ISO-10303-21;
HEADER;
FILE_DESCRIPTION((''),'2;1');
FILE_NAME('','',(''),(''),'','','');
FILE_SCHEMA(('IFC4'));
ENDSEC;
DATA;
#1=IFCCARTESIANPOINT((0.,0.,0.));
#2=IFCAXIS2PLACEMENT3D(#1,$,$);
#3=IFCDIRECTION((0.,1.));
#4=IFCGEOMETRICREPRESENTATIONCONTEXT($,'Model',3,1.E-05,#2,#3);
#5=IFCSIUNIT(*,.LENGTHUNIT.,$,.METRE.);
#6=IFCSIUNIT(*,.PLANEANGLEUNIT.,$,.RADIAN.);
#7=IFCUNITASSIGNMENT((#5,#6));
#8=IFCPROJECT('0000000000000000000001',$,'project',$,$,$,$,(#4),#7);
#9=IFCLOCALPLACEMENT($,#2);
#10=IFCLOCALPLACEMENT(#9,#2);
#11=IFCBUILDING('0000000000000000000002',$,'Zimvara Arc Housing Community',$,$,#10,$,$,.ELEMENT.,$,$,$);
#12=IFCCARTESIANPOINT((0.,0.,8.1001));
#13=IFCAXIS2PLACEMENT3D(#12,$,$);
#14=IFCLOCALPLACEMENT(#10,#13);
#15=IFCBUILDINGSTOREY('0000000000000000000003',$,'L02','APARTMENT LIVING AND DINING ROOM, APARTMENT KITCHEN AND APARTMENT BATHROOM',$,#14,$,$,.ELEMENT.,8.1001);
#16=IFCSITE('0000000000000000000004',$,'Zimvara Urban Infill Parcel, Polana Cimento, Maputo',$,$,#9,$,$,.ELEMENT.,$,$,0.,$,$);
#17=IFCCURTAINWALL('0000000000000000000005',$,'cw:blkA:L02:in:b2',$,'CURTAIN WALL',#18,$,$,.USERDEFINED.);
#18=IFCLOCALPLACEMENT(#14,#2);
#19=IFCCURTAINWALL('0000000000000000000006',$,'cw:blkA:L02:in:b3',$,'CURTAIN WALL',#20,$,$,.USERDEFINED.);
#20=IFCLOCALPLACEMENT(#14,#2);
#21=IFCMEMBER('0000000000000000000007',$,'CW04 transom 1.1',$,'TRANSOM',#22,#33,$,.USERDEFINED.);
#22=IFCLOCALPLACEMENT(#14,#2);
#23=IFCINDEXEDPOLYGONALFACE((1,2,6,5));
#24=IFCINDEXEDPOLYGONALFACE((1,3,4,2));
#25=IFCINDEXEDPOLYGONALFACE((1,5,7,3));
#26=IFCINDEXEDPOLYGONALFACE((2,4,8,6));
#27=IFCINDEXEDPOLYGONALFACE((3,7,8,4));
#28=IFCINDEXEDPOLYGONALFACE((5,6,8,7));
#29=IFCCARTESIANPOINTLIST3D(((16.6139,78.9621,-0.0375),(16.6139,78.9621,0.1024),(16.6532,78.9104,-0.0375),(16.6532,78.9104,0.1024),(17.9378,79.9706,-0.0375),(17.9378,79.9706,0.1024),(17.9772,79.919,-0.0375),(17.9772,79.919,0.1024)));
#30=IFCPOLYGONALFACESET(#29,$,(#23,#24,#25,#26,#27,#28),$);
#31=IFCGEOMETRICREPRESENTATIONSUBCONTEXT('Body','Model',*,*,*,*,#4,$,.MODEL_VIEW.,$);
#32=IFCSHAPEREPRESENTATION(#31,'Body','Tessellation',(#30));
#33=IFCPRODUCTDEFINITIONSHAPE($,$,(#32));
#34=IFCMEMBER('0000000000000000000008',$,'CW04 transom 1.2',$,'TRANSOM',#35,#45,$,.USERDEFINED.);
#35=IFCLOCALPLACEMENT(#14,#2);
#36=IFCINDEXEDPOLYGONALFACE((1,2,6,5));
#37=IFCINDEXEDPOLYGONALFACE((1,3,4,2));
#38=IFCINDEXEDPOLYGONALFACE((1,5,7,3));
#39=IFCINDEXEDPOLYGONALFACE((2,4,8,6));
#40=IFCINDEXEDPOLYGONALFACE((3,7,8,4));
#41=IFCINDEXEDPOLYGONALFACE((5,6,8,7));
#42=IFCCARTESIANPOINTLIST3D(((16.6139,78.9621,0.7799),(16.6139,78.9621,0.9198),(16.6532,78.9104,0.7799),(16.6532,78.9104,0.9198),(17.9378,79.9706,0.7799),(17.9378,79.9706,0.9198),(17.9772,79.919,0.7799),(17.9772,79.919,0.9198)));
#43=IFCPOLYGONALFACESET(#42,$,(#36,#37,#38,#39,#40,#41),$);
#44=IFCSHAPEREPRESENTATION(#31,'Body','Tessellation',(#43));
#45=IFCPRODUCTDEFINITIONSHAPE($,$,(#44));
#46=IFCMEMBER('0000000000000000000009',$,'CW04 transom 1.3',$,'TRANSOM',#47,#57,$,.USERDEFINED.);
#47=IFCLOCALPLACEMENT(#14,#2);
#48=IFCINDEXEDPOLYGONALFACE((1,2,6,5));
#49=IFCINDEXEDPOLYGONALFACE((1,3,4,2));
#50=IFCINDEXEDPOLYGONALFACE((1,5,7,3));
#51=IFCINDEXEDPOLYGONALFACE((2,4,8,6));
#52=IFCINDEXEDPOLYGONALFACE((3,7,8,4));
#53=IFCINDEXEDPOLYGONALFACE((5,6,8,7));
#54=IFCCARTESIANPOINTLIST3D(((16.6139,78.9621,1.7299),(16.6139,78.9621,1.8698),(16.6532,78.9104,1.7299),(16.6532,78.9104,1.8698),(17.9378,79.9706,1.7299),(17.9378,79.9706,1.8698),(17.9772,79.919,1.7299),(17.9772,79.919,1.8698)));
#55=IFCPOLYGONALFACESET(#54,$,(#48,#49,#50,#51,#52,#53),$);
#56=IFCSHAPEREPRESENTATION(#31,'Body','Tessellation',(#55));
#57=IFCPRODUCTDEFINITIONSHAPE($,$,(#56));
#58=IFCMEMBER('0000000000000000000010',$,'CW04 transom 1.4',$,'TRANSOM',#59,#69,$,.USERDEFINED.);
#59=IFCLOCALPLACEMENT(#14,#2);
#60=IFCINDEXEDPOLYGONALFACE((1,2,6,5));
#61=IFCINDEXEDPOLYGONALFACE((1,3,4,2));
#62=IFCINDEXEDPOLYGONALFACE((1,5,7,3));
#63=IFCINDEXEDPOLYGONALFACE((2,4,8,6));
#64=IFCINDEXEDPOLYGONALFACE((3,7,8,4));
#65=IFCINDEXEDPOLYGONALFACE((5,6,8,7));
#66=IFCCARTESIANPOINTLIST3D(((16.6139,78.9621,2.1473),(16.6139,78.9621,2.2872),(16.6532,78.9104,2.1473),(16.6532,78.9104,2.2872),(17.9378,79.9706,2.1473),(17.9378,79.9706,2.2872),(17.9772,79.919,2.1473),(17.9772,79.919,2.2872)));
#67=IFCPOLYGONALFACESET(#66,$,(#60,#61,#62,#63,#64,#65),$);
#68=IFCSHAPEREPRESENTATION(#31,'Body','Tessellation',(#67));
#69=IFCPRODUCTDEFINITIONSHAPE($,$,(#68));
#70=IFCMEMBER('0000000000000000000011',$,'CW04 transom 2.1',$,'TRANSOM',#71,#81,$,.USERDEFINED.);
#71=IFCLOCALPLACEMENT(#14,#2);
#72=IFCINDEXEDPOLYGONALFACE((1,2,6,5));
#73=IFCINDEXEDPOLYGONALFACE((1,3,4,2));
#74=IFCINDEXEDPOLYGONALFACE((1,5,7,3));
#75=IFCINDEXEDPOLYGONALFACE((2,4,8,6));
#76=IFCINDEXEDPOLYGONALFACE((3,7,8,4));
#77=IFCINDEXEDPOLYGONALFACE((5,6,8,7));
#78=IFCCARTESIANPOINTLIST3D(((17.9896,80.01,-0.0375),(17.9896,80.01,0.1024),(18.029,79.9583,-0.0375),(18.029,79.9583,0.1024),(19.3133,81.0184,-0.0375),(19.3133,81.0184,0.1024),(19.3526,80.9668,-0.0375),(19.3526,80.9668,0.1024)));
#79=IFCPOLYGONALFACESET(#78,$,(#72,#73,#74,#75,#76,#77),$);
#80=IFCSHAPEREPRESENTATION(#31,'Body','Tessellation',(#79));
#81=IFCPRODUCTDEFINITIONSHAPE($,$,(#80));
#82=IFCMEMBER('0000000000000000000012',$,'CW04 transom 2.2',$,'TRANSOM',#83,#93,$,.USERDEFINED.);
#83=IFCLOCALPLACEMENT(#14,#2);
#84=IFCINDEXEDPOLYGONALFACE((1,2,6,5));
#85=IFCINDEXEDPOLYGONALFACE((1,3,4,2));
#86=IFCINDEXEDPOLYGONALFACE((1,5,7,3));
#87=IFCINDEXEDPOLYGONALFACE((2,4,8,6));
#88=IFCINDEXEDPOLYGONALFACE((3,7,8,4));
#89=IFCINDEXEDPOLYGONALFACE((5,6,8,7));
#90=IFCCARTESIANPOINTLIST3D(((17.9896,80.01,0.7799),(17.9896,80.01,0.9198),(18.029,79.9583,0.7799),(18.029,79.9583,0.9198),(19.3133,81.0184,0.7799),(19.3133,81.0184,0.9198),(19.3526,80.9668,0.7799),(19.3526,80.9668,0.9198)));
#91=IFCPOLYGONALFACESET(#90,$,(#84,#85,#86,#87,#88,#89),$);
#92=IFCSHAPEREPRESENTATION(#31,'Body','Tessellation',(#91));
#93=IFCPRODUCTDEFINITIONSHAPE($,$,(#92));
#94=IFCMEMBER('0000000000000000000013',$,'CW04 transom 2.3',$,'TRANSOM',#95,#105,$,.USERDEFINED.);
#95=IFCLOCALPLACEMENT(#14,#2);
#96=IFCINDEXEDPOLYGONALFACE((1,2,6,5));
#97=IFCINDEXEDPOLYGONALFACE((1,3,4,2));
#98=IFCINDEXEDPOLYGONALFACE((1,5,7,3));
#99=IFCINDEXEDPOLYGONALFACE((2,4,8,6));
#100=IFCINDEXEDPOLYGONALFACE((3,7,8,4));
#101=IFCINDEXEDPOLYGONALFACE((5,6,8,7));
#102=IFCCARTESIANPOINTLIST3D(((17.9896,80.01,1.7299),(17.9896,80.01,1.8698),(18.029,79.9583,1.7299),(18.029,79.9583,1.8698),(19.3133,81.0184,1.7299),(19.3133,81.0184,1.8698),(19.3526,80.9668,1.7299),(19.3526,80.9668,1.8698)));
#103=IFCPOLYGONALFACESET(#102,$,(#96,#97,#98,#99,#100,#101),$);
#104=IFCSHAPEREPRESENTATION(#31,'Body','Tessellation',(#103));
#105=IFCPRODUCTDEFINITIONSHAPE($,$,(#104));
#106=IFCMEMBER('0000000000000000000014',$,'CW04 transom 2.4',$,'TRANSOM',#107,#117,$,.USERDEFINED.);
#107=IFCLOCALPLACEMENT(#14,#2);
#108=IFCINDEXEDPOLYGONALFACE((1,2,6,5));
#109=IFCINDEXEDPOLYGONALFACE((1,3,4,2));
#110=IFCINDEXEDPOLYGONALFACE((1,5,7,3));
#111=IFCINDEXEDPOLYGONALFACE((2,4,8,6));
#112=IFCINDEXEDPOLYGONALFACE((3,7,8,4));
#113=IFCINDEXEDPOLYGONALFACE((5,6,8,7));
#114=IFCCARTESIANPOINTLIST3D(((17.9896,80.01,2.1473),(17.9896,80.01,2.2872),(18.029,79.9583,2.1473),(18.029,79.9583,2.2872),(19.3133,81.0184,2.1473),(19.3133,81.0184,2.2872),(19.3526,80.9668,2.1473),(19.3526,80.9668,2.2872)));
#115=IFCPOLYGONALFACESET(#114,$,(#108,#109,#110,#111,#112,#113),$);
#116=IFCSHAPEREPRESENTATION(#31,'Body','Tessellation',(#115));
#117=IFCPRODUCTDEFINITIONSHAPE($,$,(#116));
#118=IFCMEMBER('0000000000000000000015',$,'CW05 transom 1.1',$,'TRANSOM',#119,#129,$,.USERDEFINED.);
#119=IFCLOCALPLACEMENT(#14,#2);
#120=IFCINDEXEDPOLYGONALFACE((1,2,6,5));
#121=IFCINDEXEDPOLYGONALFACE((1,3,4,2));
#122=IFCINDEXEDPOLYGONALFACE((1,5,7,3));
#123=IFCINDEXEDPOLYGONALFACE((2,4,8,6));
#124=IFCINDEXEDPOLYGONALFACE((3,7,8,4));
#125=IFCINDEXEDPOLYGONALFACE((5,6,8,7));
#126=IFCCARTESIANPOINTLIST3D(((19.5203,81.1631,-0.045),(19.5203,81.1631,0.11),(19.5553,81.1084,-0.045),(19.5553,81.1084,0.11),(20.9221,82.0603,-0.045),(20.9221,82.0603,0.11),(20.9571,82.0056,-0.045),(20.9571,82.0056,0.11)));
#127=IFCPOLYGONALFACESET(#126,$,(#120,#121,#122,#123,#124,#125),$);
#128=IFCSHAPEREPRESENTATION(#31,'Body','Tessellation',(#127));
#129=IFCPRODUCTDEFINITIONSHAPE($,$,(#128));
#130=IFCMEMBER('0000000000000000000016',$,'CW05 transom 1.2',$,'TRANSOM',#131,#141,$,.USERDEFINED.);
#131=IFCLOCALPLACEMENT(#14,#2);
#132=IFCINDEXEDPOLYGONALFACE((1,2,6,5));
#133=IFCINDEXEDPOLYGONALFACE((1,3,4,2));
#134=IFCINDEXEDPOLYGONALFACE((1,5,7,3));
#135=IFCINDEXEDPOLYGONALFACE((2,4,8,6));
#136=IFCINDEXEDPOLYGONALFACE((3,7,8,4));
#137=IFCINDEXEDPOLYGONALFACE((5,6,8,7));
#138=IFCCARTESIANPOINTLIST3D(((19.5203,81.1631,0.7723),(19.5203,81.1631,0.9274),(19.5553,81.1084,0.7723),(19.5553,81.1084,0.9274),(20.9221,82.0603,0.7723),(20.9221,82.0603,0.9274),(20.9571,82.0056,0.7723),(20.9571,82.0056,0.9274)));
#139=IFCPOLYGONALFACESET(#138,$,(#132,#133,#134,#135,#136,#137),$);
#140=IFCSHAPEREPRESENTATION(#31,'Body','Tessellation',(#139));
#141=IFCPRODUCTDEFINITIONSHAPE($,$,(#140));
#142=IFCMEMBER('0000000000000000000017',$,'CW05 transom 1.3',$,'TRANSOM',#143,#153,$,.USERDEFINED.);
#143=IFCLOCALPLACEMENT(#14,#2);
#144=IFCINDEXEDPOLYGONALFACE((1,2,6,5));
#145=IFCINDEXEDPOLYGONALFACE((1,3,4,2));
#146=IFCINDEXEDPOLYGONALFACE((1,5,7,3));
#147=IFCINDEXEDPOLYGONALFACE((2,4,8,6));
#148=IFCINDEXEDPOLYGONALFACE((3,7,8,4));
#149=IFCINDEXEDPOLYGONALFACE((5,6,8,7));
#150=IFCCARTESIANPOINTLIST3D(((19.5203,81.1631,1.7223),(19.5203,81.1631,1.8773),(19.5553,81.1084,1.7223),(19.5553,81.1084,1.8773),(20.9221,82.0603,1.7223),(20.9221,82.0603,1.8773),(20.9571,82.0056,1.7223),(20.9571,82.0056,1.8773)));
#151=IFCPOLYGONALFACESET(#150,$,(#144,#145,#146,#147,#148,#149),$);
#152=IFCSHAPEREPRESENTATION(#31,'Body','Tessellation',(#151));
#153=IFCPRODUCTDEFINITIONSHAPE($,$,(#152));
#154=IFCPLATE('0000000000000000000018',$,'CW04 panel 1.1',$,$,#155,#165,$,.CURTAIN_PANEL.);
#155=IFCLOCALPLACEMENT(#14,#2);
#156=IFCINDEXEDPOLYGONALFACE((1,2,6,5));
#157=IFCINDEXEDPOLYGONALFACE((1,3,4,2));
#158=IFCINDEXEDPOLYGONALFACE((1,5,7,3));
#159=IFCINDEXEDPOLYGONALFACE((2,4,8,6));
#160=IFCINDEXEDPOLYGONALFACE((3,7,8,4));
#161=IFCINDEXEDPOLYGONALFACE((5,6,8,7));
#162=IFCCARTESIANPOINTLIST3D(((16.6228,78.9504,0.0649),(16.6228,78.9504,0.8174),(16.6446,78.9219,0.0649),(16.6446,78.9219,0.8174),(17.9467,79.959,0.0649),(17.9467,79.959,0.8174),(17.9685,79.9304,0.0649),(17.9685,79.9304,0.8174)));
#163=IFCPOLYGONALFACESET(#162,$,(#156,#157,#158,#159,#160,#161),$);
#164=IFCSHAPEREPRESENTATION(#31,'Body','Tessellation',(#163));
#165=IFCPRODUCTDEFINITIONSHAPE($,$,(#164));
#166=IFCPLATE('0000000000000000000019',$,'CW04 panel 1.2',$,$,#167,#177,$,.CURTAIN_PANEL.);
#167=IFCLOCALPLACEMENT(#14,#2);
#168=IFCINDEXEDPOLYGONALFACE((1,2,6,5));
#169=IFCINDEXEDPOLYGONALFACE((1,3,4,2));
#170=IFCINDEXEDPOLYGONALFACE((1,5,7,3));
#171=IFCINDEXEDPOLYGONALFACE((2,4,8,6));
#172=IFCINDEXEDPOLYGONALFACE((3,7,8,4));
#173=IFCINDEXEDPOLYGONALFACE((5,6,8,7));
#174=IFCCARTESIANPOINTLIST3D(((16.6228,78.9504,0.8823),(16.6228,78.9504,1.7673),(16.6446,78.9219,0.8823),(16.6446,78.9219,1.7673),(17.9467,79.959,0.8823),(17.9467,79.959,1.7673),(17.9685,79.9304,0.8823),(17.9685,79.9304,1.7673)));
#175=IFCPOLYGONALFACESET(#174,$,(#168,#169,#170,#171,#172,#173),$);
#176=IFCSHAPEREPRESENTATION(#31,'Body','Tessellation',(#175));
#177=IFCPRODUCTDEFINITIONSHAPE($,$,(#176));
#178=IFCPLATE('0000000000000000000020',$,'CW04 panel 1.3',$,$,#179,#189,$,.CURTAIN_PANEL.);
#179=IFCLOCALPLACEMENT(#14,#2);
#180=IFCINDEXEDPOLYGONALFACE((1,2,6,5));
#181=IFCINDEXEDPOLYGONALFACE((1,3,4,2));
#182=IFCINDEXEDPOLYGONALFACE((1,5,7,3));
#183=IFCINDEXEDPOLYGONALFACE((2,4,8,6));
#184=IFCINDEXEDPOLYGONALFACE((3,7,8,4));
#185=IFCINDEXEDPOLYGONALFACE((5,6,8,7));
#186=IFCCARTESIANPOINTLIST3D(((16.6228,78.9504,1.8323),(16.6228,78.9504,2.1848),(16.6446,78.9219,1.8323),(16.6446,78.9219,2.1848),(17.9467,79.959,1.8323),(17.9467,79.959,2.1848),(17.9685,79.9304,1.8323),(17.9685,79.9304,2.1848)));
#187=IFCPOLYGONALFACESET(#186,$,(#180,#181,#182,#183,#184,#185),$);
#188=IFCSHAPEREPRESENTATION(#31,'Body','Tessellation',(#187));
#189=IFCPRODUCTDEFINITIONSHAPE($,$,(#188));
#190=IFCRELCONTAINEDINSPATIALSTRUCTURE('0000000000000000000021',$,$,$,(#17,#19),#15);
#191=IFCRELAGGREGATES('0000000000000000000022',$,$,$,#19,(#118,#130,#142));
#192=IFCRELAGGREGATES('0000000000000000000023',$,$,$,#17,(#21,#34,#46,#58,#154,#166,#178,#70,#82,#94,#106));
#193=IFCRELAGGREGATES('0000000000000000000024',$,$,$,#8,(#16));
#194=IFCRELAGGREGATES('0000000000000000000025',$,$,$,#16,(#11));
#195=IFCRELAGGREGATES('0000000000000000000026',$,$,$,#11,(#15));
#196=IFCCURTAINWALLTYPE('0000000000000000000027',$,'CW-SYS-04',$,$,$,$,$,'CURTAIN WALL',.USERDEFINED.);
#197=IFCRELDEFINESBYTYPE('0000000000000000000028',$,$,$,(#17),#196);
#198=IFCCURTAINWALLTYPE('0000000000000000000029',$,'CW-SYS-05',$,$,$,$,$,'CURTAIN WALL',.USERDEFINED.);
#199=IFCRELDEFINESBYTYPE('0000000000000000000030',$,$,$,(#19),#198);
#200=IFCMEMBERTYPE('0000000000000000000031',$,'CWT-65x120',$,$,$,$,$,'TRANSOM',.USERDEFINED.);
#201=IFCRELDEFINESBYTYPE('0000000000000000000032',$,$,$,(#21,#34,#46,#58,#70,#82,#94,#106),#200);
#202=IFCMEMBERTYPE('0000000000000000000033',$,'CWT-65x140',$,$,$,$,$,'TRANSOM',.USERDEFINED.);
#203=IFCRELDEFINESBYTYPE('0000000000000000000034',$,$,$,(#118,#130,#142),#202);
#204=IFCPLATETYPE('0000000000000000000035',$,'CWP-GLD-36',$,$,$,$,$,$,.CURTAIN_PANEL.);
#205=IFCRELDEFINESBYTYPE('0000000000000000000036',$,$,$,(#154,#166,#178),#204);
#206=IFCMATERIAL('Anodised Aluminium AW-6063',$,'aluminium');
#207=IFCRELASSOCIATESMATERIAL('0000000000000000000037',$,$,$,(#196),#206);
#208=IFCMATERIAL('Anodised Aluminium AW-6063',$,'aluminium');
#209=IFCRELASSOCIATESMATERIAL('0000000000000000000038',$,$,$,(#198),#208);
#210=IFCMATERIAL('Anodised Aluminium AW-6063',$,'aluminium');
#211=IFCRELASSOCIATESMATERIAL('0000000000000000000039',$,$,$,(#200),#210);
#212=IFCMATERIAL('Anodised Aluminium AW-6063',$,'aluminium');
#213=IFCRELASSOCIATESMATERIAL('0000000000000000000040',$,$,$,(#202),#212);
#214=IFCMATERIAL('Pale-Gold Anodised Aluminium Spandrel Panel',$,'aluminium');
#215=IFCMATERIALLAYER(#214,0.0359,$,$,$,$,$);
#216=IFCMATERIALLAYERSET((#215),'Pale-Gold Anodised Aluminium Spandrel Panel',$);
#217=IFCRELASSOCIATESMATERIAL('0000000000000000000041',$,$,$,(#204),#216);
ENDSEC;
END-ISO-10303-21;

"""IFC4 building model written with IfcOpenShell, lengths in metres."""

from ifc_helpers import new_model, si_unit, direction, frame, origin, origin_2d, place, context, subcontext, project, spatial, rectangle, extrude, material, layer, layer_set, material_profile, profile_set, type_object, element, aggregate, save


model = new_model("IFC4")

# Units and contexts
model_context = context("Model", 3, precision=1e-05, world=origin(), true_north=direction((0.0, 1.0)))
body_context = subcontext(model_context, "Body", "Model", "MODEL_VIEW")
ifc_project = project(units=[si_unit("LENGTHUNIT", "METRE"), si_unit("PLANEANGLEUNIT", "RADIAN")], contexts=[model_context])

# Site, building, storey
site_placement = place(None, origin())
site = spatial("IfcSite", under=ifc_project, at=site_placement, Name="Zimvara Urban Infill Parcel, Polana Cimento, Maputo", CompositionType="ELEMENT", RefElevation=0.0)
building_placement = place(site_placement, origin())
building = spatial("IfcBuilding", under=site, at=building_placement, Name="Zimvara Arc Housing Community", CompositionType="ELEMENT")
storey_placement = place(building_placement, frame((0.0, 0.0, 8.1001)))
storey = spatial("IfcBuildingStorey", under=building, at=storey_placement, Name="L02", Description="APARTMENT LIVING AND DINING ROOM, APARTMENT KITCHEN AND APARTMENT BATHROOM", CompositionType="ELEMENT", Elevation=8.1001)

# Curtain wall
ifc_material_1 = material(Name="Anodised Aluminium AW-6063", Category="aluminium")
curtain_wall_type_1 = type_object("IfcCurtainWallType", Name="CW-SYS-04", ElementType="CURTAIN WALL", PredefinedType="USERDEFINED", material=ifc_material_1)
curtain_wall_1_placement = place(storey_placement, origin())
curtain_wall_1 = element("IfcCurtainWall", 1, at=curtain_wall_1_placement, inside=storey, type_object=curtain_wall_type_1, Name="cw:blkA:L02:in:b2", ObjectType="CURTAIN WALL", PredefinedType="USERDEFINED")

# Curtain wall
ifc_material_2 = material(Name="Anodised Aluminium AW-6063", Category="aluminium")
curtain_wall_type_2 = type_object("IfcCurtainWallType", Name="CW-SYS-05", ElementType="CURTAIN WALL", PredefinedType="USERDEFINED", material=ifc_material_2)
curtain_wall_2_placement = place(storey_placement, origin())
curtain_wall_2 = element("IfcCurtainWall", 2, at=curtain_wall_2_placement, inside=storey, type_object=curtain_wall_type_2, Name="cw:blkA:L02:in:b3", ObjectType="CURTAIN WALL", PredefinedType="USERDEFINED")

# Members
ifc_material_3 = material(Name="Anodised Aluminium AW-6063", Category="aluminium")
ifc_material_profile_1 = material_profile(ifc_material_3, rectangle(XDim=0.0649, YDim=0.1399, at=origin_2d()), Name="ALU 65x140")
ifc_profile_set_1 = profile_set([ifc_material_profile_1], Name="Anodised Aluminium AW-6063")
member_type_1 = type_object("IfcMemberType", Name="CWT-65x120", ElementType="TRANSOM", PredefinedType="USERDEFINED", material=ifc_profile_set_1)
member_1_placement = place(storey_placement, frame((16.6335, 78.9363, 0.0325), z_axis=(0.795489, 0.605968, 0.0), x_axis=(-0.605968, 0.795489, 0.0)))
member_1 = element("IfcMember", 3, at=member_1_placement, type_object=member_type_1, Name="CW04 transom 1.1", ObjectType="TRANSOM", PredefinedType="USERDEFINED", context=body_context, shape_type="SweptSolid", body=[
    extrude(rectangle(XDim=0.0649, YDim=0.1399, at=origin_2d()), origin(), (0.0, 0.0, 1.0), 1.6643),
])
member_2_placement = place(storey_placement, frame((16.6335, 78.9363, 0.8499), z_axis=(0.795489, 0.605968, 0.0), x_axis=(-0.605968, 0.795489, 0.0)))
member_2 = element("IfcMember", 4, at=member_2_placement, type_object=member_type_1, Name="CW04 transom 1.2", ObjectType="TRANSOM", PredefinedType="USERDEFINED", context=body_context, shape_type="SweptSolid", body=[
    extrude(rectangle(XDim=0.0649, YDim=0.1399, at=origin_2d()), origin(), (0.0, 0.0, 1.0), 1.6643),
])
member_3_placement = place(storey_placement, frame((16.6335, 78.9363, 1.7998), z_axis=(0.795489, 0.605968, 0.0), x_axis=(-0.605968, 0.795489, 0.0)))
member_3 = element("IfcMember", 5, at=member_3_placement, type_object=member_type_1, Name="CW04 transom 1.3", ObjectType="TRANSOM", PredefinedType="USERDEFINED", context=body_context, shape_type="SweptSolid", body=[
    extrude(rectangle(XDim=0.0649, YDim=0.1399, at=origin_2d()), origin(), (0.0, 0.0, 1.0), 1.6643),
])
member_4_placement = place(storey_placement, frame((16.6335, 78.9363, 2.2173), z_axis=(0.795489, 0.605968, 0.0), x_axis=(-0.605968, 0.795489, 0.0)))
member_4 = element("IfcMember", 6, at=member_4_placement, type_object=member_type_1, Name="CW04 transom 1.4", ObjectType="TRANSOM", PredefinedType="USERDEFINED", context=body_context, shape_type="SweptSolid", body=[
    extrude(rectangle(XDim=0.0649, YDim=0.1399, at=origin_2d()), origin(), (0.0, 0.0, 1.0), 1.6643),
])
member_5_placement = place(storey_placement, frame((18.0093, 79.9841, 0.0325), z_axis=(0.795435, 0.606039, 0.0), x_axis=(-0.606039, 0.795435, 0.0)))
member_5 = element("IfcMember", 7, at=member_5_placement, type_object=member_type_1, Name="CW04 transom 2.1", ObjectType="TRANSOM", PredefinedType="USERDEFINED", context=body_context, shape_type="SweptSolid", body=[
    extrude(rectangle(XDim=0.0649, YDim=0.1399, at=origin_2d()), origin(), (0.0, 0.0, 1.0), 1.6641),
])
member_6_placement = place(storey_placement, frame((18.0093, 79.9841, 0.8499), z_axis=(0.795435, 0.606039, 0.0), x_axis=(-0.606039, 0.795435, 0.0)))
member_6 = element("IfcMember", 8, at=member_6_placement, type_object=member_type_1, Name="CW04 transom 2.2", ObjectType="TRANSOM", PredefinedType="USERDEFINED", context=body_context, shape_type="SweptSolid", body=[
    extrude(rectangle(XDim=0.0649, YDim=0.1399, at=origin_2d()), origin(), (0.0, 0.0, 1.0), 1.6641),
])
member_7_placement = place(storey_placement, frame((18.0093, 79.9841, 1.7998), z_axis=(0.795435, 0.606039, 0.0), x_axis=(-0.606039, 0.795435, 0.0)))
member_7 = element("IfcMember", 9, at=member_7_placement, type_object=member_type_1, Name="CW04 transom 2.3", ObjectType="TRANSOM", PredefinedType="USERDEFINED", context=body_context, shape_type="SweptSolid", body=[
    extrude(rectangle(XDim=0.0649, YDim=0.1399, at=origin_2d()), origin(), (0.0, 0.0, 1.0), 1.6641),
])
member_8_placement = place(storey_placement, frame((18.0093, 79.9841, 2.2173), z_axis=(0.795435, 0.606039, 0.0), x_axis=(-0.606039, 0.795435, 0.0)))
member_8 = element("IfcMember", 10, at=member_8_placement, type_object=member_type_1, Name="CW04 transom 2.4", ObjectType="TRANSOM", PredefinedType="USERDEFINED", context=body_context, shape_type="SweptSolid", body=[
    extrude(rectangle(XDim=0.0649, YDim=0.1399, at=origin_2d()), origin(), (0.0, 0.0, 1.0), 1.6641),
])
ifc_material_4 = material(Name="Anodised Aluminium AW-6063", Category="aluminium")
ifc_material_profile_2 = material_profile(ifc_material_4, rectangle(XDim=0.0649, YDim=0.155, at=origin_2d()), Name="ALU 65x155")
ifc_profile_set_2 = profile_set([ifc_material_profile_2], Name="Anodised Aluminium AW-6063")
member_type_2 = type_object("IfcMemberType", Name="CWT-65x140", ElementType="TRANSOM", PredefinedType="USERDEFINED", material=ifc_profile_set_2)
member_9_placement = place(storey_placement, frame((19.5378, 81.1357, 0.0325), z_axis=(0.842263, 0.539066, 0.0), x_axis=(-0.539066, 0.842263, 0.0)))
member_9 = element("IfcMember", 11, at=member_9_placement, type_object=member_type_2, Name="CW05 transom 1.1", ObjectType="TRANSOM", PredefinedType="USERDEFINED", context=body_context, shape_type="SweptSolid", body=[
    extrude(rectangle(XDim=0.0649, YDim=0.155, at=origin_2d()), origin(), (0.0, 0.0, 1.0), 1.6643),
])
member_10_placement = place(storey_placement, frame((19.5378, 81.1357, 0.8499), z_axis=(0.842263, 0.539066, 0.0), x_axis=(-0.539066, 0.842263, 0.0)))
member_10 = element("IfcMember", 12, at=member_10_placement, type_object=member_type_2, Name="CW05 transom 1.2", ObjectType="TRANSOM", PredefinedType="USERDEFINED", context=body_context, shape_type="SweptSolid", body=[
    extrude(rectangle(XDim=0.0649, YDim=0.155, at=origin_2d()), origin(), (0.0, 0.0, 1.0), 1.6643),
])
member_11_placement = place(storey_placement, frame((19.5378, 81.1357, 1.7998), z_axis=(0.842263, 0.539066, 0.0), x_axis=(-0.539066, 0.842263, 0.0)))
member_11 = element("IfcMember", 13, at=member_11_placement, type_object=member_type_2, Name="CW05 transom 1.3", ObjectType="TRANSOM", PredefinedType="USERDEFINED", context=body_context, shape_type="SweptSolid", body=[
    extrude(rectangle(XDim=0.0649, YDim=0.155, at=origin_2d()), origin(), (0.0, 0.0, 1.0), 1.6643),
])
aggregate(curtain_wall_2, [member_9, member_10, member_11])

# Plates
ifc_material_5 = material(Name="Pale-Gold Anodised Aluminium Spandrel Panel", Category="aluminium")
ifc_layer_1 = layer(ifc_material_5, 0.0359)
ifc_layer_set_1 = layer_set([ifc_layer_1], Name="Pale-Gold Anodised Aluminium Spandrel Panel")
plate_type = type_object("IfcPlateType", Name="CWP-GLD-36", PredefinedType="CURTAIN_PANEL", material=ifc_layer_set_1)
plate_1_placement = place(storey_placement, frame((17.2957, 79.4404, 0.0649), z_axis=(0.0, 0.0, 1.0), x_axis=(0.795474, 0.605988, 0.0)))
plate_1 = element("IfcPlate", 14, at=plate_1_placement, type_object=plate_type, Name="CW04 panel 1.1", PredefinedType="CURTAIN_PANEL", context=body_context, shape_type="SweptSolid", body=[
    extrude(rectangle(XDim=1.6643, YDim=0.0359, at=origin_2d()), origin(), (0.0, 0.0, 1.0), 0.7524),
])
plate_2_placement = place(storey_placement, frame((17.2957, 79.4404, 0.8823), z_axis=(0.0, 0.0, 1.0), x_axis=(0.795474, 0.605988, 0.0)))
plate_2 = element("IfcPlate", 15, at=plate_2_placement, type_object=plate_type, Name="CW04 panel 1.2", PredefinedType="CURTAIN_PANEL", context=body_context, shape_type="SweptSolid", body=[
    extrude(rectangle(XDim=1.6643, YDim=0.0359, at=origin_2d()), origin(), (0.0, 0.0, 1.0), 0.885),
])
plate_3_placement = place(storey_placement, frame((17.2957, 79.4404, 1.8323), z_axis=(0.0, 0.0, 1.0), x_axis=(0.795474, 0.605988, 0.0)))
plate_3 = element("IfcPlate", 16, at=plate_3_placement, type_object=plate_type, Name="CW04 panel 1.3", PredefinedType="CURTAIN_PANEL", context=body_context, shape_type="SweptSolid", body=[
    extrude(rectangle(XDim=1.6643, YDim=0.0359, at=origin_2d()), origin(), (0.0, 0.0, 1.0), 0.3525),
])
aggregate(curtain_wall_1, [member_1, member_2, member_3, member_4, plate_1, plate_2, plate_3, member_5, member_6, member_7, member_8])

save(model, "model.ifc")
